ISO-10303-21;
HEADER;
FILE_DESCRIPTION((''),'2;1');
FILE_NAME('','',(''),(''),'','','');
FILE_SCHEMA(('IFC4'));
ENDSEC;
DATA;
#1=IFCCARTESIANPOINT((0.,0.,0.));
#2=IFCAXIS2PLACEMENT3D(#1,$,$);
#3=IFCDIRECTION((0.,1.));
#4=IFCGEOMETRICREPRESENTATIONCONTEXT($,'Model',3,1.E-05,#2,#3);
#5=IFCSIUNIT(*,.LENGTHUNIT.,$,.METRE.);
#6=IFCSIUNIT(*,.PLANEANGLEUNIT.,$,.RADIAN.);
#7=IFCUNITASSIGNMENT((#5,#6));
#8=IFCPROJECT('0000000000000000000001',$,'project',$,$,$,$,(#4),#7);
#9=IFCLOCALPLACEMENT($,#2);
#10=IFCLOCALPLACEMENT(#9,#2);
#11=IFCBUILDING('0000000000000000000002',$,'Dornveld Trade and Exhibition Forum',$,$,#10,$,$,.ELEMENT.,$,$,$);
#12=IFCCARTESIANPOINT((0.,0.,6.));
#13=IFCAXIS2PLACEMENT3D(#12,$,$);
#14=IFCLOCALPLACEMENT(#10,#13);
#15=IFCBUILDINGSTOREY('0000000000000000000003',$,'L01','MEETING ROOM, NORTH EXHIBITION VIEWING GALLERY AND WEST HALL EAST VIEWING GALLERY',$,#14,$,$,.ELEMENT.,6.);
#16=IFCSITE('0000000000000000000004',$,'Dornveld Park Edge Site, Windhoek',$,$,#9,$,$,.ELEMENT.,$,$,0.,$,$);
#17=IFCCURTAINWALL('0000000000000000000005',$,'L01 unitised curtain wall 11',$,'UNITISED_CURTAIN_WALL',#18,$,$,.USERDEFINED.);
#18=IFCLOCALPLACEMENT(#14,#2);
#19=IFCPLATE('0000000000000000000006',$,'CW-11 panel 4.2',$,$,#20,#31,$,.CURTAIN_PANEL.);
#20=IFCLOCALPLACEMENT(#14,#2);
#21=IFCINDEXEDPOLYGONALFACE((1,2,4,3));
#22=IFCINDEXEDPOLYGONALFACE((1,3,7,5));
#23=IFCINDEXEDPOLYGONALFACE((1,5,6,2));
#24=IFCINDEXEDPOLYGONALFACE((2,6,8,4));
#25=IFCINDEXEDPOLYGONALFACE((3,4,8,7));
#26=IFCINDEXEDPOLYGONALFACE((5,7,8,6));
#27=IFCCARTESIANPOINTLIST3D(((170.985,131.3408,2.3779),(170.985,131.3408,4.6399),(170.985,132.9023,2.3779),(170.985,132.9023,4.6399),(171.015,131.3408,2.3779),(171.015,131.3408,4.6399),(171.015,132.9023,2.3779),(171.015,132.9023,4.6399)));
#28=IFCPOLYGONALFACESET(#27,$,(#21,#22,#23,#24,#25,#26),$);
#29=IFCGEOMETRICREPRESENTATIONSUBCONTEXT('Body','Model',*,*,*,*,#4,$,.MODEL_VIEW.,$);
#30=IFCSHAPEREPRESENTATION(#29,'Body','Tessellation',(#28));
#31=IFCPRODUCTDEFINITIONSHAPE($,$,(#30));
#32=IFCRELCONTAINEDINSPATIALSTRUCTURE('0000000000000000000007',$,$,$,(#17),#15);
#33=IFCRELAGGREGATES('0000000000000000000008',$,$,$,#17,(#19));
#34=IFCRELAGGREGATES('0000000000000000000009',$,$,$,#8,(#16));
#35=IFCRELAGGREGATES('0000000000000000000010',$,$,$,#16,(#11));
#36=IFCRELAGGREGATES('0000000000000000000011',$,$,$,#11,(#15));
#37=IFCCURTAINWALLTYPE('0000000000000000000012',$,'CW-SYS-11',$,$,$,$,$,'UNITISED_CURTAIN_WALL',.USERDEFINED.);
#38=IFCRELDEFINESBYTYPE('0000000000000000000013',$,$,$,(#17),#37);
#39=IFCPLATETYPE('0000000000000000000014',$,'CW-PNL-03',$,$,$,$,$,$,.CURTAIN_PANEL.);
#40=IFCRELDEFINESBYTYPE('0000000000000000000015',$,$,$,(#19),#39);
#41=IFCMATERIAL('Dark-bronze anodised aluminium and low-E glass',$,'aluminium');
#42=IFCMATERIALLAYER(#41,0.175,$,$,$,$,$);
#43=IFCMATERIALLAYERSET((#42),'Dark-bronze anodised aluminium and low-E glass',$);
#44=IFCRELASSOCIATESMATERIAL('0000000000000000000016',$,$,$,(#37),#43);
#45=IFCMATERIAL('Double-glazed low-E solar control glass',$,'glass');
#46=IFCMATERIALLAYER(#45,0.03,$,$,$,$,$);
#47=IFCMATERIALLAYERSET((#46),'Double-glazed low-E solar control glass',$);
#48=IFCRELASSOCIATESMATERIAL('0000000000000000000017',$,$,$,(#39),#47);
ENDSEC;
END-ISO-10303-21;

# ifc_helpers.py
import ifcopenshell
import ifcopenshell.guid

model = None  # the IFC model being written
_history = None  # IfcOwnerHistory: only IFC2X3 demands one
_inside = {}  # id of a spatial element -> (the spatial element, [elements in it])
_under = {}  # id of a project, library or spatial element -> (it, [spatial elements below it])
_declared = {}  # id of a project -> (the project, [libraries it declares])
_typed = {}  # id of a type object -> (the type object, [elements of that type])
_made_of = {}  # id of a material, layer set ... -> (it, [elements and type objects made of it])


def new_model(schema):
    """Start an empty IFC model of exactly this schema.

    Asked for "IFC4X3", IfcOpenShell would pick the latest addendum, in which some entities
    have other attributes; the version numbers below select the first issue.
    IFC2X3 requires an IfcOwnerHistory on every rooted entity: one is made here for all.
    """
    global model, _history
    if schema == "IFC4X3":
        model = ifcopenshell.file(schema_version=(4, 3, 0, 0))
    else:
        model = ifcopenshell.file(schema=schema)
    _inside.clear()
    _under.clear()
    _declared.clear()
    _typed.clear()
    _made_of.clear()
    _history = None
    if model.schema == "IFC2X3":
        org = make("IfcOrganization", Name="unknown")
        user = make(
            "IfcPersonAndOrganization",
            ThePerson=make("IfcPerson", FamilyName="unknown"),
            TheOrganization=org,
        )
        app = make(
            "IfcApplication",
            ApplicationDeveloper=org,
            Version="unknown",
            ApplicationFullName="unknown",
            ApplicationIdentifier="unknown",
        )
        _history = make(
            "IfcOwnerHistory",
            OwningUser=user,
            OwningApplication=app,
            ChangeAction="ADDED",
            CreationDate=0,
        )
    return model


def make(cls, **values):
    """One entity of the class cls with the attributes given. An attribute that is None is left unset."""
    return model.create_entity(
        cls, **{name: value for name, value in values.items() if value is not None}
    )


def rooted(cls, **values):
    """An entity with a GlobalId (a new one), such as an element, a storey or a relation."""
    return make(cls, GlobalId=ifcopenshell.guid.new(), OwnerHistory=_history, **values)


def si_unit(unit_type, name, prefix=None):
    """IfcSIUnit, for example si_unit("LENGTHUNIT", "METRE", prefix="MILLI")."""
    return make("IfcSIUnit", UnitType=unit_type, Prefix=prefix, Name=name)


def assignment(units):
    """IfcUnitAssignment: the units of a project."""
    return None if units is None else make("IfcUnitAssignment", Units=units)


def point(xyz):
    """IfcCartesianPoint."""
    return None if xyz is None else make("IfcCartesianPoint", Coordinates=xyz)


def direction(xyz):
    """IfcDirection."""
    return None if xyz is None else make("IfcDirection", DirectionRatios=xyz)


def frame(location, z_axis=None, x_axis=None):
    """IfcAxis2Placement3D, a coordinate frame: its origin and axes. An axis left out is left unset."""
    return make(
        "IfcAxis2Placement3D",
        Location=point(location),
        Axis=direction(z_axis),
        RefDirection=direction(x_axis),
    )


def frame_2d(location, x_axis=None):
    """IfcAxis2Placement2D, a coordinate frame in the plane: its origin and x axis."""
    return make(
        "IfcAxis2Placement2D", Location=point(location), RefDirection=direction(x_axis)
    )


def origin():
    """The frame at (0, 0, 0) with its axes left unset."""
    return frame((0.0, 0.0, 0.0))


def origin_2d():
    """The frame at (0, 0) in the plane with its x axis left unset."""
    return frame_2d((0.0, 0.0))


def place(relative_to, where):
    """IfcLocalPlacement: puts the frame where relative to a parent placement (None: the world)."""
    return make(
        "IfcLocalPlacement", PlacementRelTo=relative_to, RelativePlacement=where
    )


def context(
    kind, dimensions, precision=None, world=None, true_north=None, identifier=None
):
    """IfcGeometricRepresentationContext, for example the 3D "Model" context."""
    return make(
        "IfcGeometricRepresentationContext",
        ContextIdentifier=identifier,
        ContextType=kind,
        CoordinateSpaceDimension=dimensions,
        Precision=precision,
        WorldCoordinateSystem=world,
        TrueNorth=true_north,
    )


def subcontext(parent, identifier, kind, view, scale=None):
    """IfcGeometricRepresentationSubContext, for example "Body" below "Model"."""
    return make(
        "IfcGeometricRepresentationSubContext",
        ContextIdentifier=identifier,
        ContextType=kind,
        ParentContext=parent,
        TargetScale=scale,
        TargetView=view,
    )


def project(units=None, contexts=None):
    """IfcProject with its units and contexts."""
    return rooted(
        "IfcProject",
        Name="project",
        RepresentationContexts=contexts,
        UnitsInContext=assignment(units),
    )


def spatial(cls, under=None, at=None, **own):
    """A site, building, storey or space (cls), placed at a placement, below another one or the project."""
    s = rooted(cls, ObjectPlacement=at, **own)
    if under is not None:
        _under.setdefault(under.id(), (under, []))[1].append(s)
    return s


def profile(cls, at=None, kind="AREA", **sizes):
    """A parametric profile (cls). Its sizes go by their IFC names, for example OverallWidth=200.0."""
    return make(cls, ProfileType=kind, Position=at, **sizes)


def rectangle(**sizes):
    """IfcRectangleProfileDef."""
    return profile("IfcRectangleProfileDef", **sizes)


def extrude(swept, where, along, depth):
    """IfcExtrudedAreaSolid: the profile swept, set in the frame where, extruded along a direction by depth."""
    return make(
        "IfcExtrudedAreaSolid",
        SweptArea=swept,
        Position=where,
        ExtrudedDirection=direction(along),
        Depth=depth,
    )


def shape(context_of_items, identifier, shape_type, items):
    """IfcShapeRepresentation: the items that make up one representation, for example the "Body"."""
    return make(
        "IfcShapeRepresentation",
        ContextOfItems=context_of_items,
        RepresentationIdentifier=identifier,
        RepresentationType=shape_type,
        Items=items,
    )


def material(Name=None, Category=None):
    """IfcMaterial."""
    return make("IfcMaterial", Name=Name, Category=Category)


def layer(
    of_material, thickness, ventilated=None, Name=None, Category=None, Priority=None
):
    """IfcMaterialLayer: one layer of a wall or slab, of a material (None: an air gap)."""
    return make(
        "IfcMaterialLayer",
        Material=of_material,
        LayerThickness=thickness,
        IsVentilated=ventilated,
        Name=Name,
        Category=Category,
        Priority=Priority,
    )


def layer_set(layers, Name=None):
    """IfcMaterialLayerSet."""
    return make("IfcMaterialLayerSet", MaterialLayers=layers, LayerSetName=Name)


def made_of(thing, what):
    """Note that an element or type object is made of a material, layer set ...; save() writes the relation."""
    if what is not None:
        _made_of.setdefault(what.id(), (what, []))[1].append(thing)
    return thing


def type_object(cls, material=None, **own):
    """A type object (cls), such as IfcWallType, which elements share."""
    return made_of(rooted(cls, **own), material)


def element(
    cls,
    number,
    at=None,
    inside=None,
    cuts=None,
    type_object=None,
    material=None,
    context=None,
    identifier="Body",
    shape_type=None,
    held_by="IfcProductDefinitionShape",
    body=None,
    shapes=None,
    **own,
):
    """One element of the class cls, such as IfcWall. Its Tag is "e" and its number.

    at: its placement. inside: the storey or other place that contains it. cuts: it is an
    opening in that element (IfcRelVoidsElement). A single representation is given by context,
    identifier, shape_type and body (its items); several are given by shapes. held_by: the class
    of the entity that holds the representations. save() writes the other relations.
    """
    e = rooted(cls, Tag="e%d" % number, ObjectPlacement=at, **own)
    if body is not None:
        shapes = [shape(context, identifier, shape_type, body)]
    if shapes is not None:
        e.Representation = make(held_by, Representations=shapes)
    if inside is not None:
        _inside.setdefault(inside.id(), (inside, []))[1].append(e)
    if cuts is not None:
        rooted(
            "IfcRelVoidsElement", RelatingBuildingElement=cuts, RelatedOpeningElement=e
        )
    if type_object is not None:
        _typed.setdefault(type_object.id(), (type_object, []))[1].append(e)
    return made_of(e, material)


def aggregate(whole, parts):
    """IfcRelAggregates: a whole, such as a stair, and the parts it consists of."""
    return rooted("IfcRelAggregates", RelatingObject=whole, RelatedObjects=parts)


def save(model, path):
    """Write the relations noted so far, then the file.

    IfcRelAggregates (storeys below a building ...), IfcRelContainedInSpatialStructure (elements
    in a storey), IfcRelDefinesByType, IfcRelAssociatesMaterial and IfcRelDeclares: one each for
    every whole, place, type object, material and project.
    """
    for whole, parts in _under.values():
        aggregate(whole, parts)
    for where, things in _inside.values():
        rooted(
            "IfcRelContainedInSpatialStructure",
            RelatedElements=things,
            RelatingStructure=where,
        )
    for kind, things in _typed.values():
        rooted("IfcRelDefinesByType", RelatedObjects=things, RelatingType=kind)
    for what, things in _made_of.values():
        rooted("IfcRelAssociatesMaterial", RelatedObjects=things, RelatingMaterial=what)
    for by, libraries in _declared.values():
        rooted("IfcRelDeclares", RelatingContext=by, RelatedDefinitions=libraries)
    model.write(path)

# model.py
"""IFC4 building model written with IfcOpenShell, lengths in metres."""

from ifc_helpers import new_model, si_unit, direction, frame, origin, origin_2d, place, context, subcontext, project, spatial, rectangle, extrude, material, layer, layer_set, type_object, element, aggregate, save


model = new_model("IFC4")

# Units and contexts
model_context = context("Model", 3, precision=1e-05, world=origin(), true_north=direction((0.0, 1.0)))
body_context = subcontext(model_context, "Body", "Model", "MODEL_VIEW")
ifc_project = project(units=[si_unit("LENGTHUNIT", "METRE"), si_unit("PLANEANGLEUNIT", "RADIAN")], contexts=[model_context])

# Site, building, storey
site_placement = place(None, origin())
site = spatial("IfcSite", under=ifc_project, at=site_placement, Name="Dornveld Park Edge Site, Windhoek", CompositionType="ELEMENT", RefElevation=0.0)
building_placement = place(site_placement, origin())
building = spatial("IfcBuilding", under=site, at=building_placement, Name="Dornveld Trade and Exhibition Forum", CompositionType="ELEMENT")
storey_placement = place(building_placement, frame((0.0, 0.0, 6.0)))
storey = spatial("IfcBuildingStorey", under=building, at=storey_placement, Name="L01", Description="MEETING ROOM, NORTH EXHIBITION VIEWING GALLERY AND WEST HALL EAST VIEWING GALLERY", CompositionType="ELEMENT", Elevation=6.0)

# Curtain wall
ifc_material_1 = material(Name="Dark-bronze anodised aluminium and low-E glass", Category="aluminium")
ifc_layer_1 = layer(ifc_material_1, 0.175)
ifc_layer_set_1 = layer_set([ifc_layer_1], Name="Dark-bronze anodised aluminium and low-E glass")
curtain_wall_type = type_object("IfcCurtainWallType", Name="CW-SYS-11", ElementType="UNITISED_CURTAIN_WALL", PredefinedType="USERDEFINED", material=ifc_layer_set_1)
curtain_wall_placement = place(storey_placement, origin())
curtain_wall = element("IfcCurtainWall", 1, at=curtain_wall_placement, inside=storey, type_object=curtain_wall_type, Name="L01 unitised curtain wall 11", ObjectType="UNITISED_CURTAIN_WALL", PredefinedType="USERDEFINED")

# Plate
ifc_material_2 = material(Name="Double-glazed low-E solar control glass", Category="glass")
ifc_layer_2 = layer(ifc_material_2, 0.03)
ifc_layer_set_2 = layer_set([ifc_layer_2], Name="Double-glazed low-E solar control glass")
plate_type = type_object("IfcPlateType", Name="CW-PNL-03", PredefinedType="CURTAIN_PANEL", material=ifc_layer_set_2)
plate_1_placement = place(storey_placement, frame((171.0, 132.1216, 2.3779), z_axis=(0.0, 0.0, 1.0), x_axis=(0.0, 1.0, 0.0)))
plate_1 = element("IfcPlate", 2, at=plate_1_placement, type_object=plate_type, Name="CW-11 panel 4.2", PredefinedType="CURTAIN_PANEL", context=body_context, shape_type="SweptSolid", body=[
    extrude(rectangle(XDim=1.5615, YDim=0.03, at=origin_2d()), origin(), (0.0, 0.0, 1.0), 2.262),
])
aggregate(curtain_wall, [plate_1])

save(model, "model.ifc")
